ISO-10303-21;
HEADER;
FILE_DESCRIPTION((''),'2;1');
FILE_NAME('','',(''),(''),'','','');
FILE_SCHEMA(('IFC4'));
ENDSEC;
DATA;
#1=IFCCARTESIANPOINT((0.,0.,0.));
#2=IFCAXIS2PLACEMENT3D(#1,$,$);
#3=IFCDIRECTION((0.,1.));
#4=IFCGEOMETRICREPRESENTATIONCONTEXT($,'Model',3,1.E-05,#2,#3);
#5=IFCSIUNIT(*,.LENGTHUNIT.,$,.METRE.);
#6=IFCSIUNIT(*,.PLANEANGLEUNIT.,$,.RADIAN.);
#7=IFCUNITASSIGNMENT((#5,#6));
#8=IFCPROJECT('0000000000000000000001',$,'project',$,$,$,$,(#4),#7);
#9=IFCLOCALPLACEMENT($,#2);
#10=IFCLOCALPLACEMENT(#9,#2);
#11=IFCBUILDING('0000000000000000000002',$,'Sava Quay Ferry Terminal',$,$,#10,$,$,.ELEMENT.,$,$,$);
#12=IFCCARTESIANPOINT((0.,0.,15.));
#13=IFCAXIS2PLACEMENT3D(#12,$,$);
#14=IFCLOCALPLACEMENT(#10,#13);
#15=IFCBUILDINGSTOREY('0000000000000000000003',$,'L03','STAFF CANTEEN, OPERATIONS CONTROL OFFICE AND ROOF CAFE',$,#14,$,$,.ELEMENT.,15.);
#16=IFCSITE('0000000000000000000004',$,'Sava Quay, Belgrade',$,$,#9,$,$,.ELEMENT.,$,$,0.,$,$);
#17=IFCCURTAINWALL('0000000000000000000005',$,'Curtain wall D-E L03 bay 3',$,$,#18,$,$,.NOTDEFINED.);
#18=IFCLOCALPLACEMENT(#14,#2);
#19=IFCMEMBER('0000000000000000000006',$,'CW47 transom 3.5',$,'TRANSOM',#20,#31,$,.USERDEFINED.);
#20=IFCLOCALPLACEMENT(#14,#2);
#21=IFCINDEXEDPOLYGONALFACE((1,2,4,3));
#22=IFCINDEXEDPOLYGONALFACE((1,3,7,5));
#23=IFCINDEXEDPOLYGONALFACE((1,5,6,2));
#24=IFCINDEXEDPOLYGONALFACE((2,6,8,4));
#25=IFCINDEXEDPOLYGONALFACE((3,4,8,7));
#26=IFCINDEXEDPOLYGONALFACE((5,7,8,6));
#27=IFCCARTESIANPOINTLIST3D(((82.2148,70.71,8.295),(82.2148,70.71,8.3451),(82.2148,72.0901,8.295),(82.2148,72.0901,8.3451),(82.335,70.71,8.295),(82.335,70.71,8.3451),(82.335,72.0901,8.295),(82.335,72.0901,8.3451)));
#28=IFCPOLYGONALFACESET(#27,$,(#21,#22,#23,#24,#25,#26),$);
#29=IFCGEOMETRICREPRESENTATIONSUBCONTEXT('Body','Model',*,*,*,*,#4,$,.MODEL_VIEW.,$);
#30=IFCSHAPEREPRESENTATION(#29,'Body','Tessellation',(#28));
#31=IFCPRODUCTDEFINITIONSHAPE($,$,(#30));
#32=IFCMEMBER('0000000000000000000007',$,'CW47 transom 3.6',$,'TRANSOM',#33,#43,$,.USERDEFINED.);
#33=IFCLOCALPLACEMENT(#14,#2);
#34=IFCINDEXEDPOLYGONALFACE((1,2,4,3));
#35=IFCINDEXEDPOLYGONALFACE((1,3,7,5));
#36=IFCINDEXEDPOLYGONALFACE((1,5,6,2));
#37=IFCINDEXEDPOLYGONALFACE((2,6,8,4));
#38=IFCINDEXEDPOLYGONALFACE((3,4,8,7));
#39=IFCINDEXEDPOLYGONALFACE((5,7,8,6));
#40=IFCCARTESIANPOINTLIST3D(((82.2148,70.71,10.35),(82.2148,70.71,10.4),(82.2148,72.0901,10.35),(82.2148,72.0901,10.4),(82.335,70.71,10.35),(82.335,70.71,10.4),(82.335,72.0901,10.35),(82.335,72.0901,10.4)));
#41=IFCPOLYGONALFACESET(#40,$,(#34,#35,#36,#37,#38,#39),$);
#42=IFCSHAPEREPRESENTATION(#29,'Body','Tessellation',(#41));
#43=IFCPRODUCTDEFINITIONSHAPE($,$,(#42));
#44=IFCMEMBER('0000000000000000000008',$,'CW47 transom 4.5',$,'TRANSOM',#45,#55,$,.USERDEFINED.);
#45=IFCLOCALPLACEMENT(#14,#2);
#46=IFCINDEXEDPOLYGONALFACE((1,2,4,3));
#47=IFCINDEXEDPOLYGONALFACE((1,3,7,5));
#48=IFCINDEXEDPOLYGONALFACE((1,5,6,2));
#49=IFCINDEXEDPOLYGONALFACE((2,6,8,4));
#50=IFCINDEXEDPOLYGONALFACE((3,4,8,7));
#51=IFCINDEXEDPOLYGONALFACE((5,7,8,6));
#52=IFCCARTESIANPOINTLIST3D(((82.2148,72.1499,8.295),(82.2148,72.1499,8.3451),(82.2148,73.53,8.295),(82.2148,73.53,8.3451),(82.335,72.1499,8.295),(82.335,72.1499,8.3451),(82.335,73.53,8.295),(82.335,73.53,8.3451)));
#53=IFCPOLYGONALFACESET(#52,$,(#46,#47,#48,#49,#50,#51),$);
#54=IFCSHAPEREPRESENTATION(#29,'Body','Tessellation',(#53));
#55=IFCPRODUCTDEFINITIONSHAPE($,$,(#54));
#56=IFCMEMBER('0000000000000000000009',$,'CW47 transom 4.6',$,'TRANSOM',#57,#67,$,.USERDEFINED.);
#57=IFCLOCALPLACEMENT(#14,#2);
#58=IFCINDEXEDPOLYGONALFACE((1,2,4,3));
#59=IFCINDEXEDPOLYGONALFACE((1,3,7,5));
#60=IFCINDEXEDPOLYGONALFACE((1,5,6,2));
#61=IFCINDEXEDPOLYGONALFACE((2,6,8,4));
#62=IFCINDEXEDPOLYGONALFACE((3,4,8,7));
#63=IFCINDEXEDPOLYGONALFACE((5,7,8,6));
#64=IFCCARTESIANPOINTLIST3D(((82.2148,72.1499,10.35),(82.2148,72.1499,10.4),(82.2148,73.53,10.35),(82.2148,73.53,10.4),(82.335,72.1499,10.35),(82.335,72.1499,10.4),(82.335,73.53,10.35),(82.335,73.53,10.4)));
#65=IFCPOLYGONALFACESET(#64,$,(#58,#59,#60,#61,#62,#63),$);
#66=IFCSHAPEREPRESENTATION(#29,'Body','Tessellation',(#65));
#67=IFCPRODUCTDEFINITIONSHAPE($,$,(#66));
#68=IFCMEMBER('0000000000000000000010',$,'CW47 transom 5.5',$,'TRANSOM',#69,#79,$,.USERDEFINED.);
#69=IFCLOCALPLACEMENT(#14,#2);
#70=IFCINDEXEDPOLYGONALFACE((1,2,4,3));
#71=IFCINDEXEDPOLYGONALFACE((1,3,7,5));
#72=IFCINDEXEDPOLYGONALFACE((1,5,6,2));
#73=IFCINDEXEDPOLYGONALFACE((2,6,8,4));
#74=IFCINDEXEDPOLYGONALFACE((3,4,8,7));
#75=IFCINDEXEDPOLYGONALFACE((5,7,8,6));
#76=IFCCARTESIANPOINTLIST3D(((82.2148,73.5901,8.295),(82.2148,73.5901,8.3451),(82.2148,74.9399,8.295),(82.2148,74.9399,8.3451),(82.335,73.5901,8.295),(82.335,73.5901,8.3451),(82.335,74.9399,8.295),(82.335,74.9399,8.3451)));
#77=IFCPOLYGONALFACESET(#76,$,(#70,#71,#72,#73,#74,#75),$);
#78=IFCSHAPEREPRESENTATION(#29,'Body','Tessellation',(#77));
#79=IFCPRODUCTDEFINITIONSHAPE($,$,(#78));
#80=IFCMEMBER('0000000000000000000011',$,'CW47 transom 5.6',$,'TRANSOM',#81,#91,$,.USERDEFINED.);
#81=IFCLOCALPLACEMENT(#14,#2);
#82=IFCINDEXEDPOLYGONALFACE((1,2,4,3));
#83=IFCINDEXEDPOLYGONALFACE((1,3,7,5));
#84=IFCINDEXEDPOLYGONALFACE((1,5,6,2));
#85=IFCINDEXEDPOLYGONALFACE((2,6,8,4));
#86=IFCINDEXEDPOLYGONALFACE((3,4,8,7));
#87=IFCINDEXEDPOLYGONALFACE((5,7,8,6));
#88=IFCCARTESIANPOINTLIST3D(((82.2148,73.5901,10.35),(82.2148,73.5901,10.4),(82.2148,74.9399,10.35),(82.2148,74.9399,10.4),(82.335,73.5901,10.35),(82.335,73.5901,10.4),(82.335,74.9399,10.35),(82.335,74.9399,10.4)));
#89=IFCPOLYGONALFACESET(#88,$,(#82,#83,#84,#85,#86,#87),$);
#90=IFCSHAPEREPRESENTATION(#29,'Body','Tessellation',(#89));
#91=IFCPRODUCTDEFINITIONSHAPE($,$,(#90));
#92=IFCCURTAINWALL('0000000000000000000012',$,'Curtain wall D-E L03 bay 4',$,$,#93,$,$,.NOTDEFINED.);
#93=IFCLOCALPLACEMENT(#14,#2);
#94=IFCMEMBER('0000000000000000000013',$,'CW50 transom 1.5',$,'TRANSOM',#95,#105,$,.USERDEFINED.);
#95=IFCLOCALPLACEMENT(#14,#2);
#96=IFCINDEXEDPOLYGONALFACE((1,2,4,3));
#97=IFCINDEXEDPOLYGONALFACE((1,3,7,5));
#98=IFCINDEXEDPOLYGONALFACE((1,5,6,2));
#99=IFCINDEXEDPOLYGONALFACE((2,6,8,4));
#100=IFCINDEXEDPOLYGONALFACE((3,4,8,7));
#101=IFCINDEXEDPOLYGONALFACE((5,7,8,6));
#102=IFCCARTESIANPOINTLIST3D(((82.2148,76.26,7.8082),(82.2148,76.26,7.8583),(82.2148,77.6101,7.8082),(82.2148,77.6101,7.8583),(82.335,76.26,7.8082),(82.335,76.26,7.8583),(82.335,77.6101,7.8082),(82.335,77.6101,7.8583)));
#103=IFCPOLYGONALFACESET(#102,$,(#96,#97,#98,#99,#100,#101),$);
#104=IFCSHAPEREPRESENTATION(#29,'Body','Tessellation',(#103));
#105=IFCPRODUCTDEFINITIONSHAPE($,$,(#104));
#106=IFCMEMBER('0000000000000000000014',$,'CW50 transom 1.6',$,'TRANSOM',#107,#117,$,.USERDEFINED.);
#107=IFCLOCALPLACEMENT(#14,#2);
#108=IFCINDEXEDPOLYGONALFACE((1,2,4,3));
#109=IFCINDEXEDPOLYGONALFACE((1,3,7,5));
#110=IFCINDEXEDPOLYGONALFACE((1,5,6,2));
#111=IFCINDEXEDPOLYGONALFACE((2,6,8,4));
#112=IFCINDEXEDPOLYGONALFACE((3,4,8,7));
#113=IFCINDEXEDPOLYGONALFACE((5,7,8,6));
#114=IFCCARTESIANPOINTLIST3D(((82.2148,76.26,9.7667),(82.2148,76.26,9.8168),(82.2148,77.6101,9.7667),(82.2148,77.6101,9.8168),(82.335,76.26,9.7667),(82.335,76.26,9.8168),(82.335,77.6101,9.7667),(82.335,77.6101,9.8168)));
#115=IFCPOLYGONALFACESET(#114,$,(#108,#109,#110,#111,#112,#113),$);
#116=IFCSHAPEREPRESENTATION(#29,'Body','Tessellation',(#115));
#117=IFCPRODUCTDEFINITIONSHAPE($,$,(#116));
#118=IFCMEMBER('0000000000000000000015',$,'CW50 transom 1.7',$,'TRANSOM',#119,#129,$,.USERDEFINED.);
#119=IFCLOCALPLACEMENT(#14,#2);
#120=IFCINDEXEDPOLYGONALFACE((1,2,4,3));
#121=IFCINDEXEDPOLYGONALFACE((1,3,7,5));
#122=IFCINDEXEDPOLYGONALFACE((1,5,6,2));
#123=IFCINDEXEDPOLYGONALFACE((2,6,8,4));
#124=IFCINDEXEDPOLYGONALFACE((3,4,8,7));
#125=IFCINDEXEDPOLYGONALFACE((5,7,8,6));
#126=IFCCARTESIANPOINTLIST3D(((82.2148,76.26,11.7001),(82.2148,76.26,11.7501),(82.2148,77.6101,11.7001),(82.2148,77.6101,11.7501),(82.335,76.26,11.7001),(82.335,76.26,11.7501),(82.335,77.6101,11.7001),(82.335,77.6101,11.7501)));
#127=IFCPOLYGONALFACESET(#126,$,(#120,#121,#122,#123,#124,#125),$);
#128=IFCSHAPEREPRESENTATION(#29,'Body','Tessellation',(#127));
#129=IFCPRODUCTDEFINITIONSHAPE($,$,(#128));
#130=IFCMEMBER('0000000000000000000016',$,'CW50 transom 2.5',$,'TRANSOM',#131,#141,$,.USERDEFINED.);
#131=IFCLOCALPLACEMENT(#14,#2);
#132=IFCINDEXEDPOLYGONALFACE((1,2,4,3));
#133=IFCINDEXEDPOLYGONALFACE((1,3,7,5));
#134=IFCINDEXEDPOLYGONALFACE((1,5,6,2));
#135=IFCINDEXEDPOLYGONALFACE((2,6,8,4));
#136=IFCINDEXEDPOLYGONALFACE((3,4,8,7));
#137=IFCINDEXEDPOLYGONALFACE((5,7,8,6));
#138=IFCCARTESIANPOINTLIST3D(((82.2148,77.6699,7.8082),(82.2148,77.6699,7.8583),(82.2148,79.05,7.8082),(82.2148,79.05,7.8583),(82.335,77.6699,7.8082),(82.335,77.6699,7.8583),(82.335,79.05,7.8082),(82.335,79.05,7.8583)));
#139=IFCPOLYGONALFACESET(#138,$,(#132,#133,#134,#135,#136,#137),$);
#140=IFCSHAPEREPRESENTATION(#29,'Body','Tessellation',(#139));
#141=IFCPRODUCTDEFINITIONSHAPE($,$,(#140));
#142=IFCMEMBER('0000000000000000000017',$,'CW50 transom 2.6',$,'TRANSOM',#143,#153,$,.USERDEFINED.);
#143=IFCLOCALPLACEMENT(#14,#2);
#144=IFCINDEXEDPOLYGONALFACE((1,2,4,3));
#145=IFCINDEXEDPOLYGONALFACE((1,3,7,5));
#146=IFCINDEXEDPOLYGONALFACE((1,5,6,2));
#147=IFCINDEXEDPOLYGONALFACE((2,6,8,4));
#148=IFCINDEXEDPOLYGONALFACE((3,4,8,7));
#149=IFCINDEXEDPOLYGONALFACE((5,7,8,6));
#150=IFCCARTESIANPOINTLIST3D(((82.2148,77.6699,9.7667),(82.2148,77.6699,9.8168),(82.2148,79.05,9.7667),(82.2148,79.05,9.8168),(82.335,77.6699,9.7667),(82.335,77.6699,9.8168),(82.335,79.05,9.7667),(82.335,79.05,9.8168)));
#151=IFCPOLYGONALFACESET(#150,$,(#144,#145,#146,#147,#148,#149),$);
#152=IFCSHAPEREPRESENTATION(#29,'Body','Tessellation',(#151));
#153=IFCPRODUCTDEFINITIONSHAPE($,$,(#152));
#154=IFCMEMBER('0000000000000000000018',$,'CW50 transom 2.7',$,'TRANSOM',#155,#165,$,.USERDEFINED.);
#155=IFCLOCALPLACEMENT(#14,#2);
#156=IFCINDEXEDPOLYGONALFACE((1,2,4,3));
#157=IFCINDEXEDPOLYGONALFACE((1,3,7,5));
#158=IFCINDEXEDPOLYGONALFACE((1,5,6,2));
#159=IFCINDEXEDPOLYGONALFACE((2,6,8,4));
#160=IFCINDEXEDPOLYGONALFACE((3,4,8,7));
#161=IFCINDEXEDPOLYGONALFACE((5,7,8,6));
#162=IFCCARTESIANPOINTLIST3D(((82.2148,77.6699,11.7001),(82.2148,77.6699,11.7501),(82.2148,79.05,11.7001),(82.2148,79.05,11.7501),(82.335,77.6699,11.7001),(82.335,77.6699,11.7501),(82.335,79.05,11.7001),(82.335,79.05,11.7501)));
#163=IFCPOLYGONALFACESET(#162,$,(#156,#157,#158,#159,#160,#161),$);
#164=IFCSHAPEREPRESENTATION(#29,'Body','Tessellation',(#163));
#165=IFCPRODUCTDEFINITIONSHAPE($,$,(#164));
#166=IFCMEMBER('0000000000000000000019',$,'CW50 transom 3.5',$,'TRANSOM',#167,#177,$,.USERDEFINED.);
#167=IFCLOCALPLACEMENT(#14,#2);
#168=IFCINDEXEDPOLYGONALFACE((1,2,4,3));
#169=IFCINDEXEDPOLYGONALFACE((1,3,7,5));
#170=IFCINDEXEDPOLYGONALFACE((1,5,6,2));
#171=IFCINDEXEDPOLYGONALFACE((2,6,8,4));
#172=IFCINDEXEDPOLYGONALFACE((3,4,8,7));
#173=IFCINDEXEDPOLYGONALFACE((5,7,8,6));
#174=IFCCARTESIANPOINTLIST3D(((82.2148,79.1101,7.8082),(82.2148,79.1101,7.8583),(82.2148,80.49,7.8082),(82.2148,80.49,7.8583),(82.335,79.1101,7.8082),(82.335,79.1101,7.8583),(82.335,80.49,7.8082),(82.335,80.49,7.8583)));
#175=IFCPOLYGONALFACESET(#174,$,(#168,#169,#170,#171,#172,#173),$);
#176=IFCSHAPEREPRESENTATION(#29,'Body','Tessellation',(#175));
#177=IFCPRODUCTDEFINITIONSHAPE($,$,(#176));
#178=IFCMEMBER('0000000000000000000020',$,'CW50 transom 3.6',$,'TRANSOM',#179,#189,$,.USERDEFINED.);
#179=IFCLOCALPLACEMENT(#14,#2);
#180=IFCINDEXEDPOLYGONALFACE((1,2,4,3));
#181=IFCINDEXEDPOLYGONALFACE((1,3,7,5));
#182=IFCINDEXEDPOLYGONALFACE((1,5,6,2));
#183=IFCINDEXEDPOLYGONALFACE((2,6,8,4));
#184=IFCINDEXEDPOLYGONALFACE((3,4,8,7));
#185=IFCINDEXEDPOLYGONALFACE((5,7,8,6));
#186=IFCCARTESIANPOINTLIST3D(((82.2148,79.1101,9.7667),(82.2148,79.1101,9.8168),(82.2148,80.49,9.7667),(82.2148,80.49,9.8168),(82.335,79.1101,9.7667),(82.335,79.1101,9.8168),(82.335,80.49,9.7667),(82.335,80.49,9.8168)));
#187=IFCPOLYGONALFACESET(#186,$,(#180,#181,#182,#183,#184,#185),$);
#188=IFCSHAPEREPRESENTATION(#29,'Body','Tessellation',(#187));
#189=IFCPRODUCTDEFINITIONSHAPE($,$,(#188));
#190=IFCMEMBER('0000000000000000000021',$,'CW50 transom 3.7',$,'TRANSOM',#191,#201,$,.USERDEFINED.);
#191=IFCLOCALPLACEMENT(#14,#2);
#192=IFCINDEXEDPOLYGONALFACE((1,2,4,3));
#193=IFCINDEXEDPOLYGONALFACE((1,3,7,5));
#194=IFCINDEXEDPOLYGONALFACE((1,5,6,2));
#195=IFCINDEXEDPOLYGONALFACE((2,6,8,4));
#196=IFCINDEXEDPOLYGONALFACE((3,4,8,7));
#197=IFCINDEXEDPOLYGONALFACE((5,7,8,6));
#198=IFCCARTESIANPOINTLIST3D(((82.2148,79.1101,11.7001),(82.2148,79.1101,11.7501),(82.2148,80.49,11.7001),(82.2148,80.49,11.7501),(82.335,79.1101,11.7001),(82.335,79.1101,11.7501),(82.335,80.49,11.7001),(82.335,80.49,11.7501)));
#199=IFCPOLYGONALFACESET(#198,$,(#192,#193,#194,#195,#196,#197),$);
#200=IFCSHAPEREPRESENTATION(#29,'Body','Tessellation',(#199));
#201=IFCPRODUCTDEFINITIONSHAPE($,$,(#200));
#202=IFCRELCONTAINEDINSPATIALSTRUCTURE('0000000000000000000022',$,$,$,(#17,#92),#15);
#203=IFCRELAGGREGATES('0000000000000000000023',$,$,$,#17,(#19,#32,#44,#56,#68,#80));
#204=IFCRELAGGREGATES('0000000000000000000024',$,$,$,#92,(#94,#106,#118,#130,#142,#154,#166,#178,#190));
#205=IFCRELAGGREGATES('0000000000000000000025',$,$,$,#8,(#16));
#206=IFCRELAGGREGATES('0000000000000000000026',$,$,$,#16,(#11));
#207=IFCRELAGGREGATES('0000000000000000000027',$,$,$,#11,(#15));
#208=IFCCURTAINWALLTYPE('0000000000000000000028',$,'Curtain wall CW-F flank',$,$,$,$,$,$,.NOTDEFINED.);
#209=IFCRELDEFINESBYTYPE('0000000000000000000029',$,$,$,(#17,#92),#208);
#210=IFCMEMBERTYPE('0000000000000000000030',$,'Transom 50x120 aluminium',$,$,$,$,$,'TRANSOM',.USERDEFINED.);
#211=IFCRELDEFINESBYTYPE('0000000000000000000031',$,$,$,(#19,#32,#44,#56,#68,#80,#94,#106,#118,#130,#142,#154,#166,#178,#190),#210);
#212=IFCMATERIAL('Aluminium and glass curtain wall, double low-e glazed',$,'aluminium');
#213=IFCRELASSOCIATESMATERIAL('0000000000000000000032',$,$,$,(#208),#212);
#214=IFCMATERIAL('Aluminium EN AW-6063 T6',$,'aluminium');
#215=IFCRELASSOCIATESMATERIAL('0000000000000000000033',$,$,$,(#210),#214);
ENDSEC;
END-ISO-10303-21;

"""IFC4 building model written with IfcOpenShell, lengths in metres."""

from ifc_helpers import new_model, si_unit, direction, frame, origin, origin_2d, place, context, subcontext, project, spatial, rectangle, extrude, material, material_profile, profile_set, type_object, element, aggregate, save


model = new_model("IFC4")

# Units and contexts
model_context = context("Model", 3, precision=1e-05, world=origin(), true_north=direction((0.0, 1.0)))
body_context = subcontext(model_context, "Body", "Model", "MODEL_VIEW")
ifc_project = project(units=[si_unit("LENGTHUNIT", "METRE"), si_unit("PLANEANGLEUNIT", "RADIAN")], contexts=[model_context])

# Site, building, storey
site_placement = place(None, origin())
site = spatial("IfcSite", under=ifc_project, at=site_placement, Name="Sava Quay, Belgrade", CompositionType="ELEMENT", RefElevation=0.0)
building_placement = place(site_placement, origin())
building = spatial("IfcBuilding", under=site, at=building_placement, Name="Sava Quay Ferry Terminal", CompositionType="ELEMENT")
storey_placement = place(building_placement, frame((0.0, 0.0, 15.0)))
storey = spatial("IfcBuildingStorey", under=building, at=storey_placement, Name="L03", Description="STAFF CANTEEN, OPERATIONS CONTROL OFFICE AND ROOF CAFE", CompositionType="ELEMENT", Elevation=15.0)

# Curtain walls, members
ifc_material_1 = material(Name="Aluminium and glass curtain wall, double low-e glazed", Category="aluminium")
curtain_wall_type = type_object("IfcCurtainWallType", Name="Curtain wall CW-F flank", PredefinedType="NOTDEFINED", material=ifc_material_1)
curtain_wall_1_placement = place(storey_placement, origin())
curtain_wall_1 = element("IfcCurtainWall", 1, at=curtain_wall_1_placement, inside=storey, type_object=curtain_wall_type, Name="Curtain wall D-E L03 bay 3", PredefinedType="NOTDEFINED")
ifc_material_2 = material(Name="Aluminium EN AW-6063 T6", Category="aluminium")
ifc_material_profile = material_profile(ifc_material_2, rectangle(XDim=0.1201, YDim=0.05, at=origin_2d()), Name="Transom 50x120 aluminium")
ifc_profile_set = profile_set([ifc_material_profile], Name="Aluminium EN AW-6063 T6")
member_type = type_object("IfcMemberType", Name="Transom 50x120 aluminium", ElementType="TRANSOM", PredefinedType="USERDEFINED", material=ifc_profile_set)
member_1_placement = place(storey_placement, frame((82.2749, 70.71, 8.3201), z_axis=(0.0, 1.0, 0.0), x_axis=(-1.0, 0.0, 0.0)))
member_1 = element("IfcMember", 2, at=member_1_placement, type_object=member_type, Name="CW47 transom 3.5", ObjectType="TRANSOM", PredefinedType="USERDEFINED", context=body_context, shape_type="SweptSolid", body=[
    extrude(rectangle(XDim=0.1201, YDim=0.05, at=origin_2d()), origin(), (0.0, 0.0, 1.0), 1.3801),
])
member_2_placement = place(storey_placement, frame((82.2749, 70.71, 10.375), z_axis=(0.0, 1.0, 0.0), x_axis=(-1.0, 0.0, 0.0)))
member_2 = element("IfcMember", 3, at=member_2_placement, type_object=member_type, Name="CW47 transom 3.6", ObjectType="TRANSOM", PredefinedType="USERDEFINED", context=body_context, shape_type="SweptSolid", body=[
    extrude(rectangle(XDim=0.1201, YDim=0.05, at=origin_2d()), origin(), (0.0, 0.0, 1.0), 1.3801),
])
member_3_placement = place(storey_placement, frame((82.2749, 72.1499, 8.3201), z_axis=(0.0, 1.0, 0.0), x_axis=(-1.0, 0.0, 0.0)))
member_3 = element("IfcMember", 4, at=member_3_placement, type_object=member_type, Name="CW47 transom 4.5", ObjectType="TRANSOM", PredefinedType="USERDEFINED", context=body_context, shape_type="SweptSolid", body=[
    extrude(rectangle(XDim=0.1201, YDim=0.05, at=origin_2d()), origin(), (0.0, 0.0, 1.0), 1.3801),
])
member_4_placement = place(storey_placement, frame((82.2749, 72.1499, 10.375), z_axis=(0.0, 1.0, 0.0), x_axis=(-1.0, 0.0, 0.0)))
member_4 = element("IfcMember", 5, at=member_4_placement, type_object=member_type, Name="CW47 transom 4.6", ObjectType="TRANSOM", PredefinedType="USERDEFINED", context=body_context, shape_type="SweptSolid", body=[
    extrude(rectangle(XDim=0.1201, YDim=0.05, at=origin_2d()), origin(), (0.0, 0.0, 1.0), 1.3801),
])
member_5_placement = place(storey_placement, frame((82.2749, 73.5901, 8.3201), z_axis=(0.0, 1.0, 0.0), x_axis=(-1.0, 0.0, 0.0)))
member_5 = element("IfcMember", 6, at=member_5_placement, type_object=member_type, Name="CW47 transom 5.5", ObjectType="TRANSOM", PredefinedType="USERDEFINED", context=body_context, shape_type="SweptSolid", body=[
    extrude(rectangle(XDim=0.1201, YDim=0.05, at=origin_2d()), origin(), (0.0, 0.0, 1.0), 1.3499),
])
member_6_placement = place(storey_placement, frame((82.2749, 73.5901, 10.375), z_axis=(0.0, 1.0, 0.0), x_axis=(-1.0, 0.0, 0.0)))
member_6 = element("IfcMember", 7, at=member_6_placement, type_object=member_type, Name="CW47 transom 5.6", ObjectType="TRANSOM", PredefinedType="USERDEFINED", context=body_context, shape_type="SweptSolid", body=[
    extrude(rectangle(XDim=0.1201, YDim=0.05, at=origin_2d()), origin(), (0.0, 0.0, 1.0), 1.3499),
])
curtain_wall_2_placement = place(storey_placement, origin())
curtain_wall_2 = element("IfcCurtainWall", 8, at=curtain_wall_2_placement, inside=storey, type_object=curtain_wall_type, Name="Curtain wall D-E L03 bay 4", PredefinedType="NOTDEFINED")
member_7_placement = place(storey_placement, frame((82.2749, 76.26, 7.8333), z_axis=(0.0, 1.0, 0.0), x_axis=(-1.0, 0.0, 0.0)))
member_7 = element("IfcMember", 9, at=member_7_placement, type_object=member_type, Name="CW50 transom 1.5", ObjectType="TRANSOM", PredefinedType="USERDEFINED", context=body_context, shape_type="SweptSolid", body=[
    extrude(rectangle(XDim=0.1201, YDim=0.05, at=origin_2d()), origin(), (0.0, 0.0, 1.0), 1.3501),
])
member_8_placement = place(storey_placement, frame((82.2749, 76.26, 9.7917), z_axis=(0.0, 1.0, 0.0), x_axis=(-1.0, 0.0, 0.0)))
member_8 = element("IfcMember", 10, at=member_8_placement, type_object=member_type, Name="CW50 transom 1.6", ObjectType="TRANSOM", PredefinedType="USERDEFINED", context=body_context, shape_type="SweptSolid", body=[
    extrude(rectangle(XDim=0.1201, YDim=0.05, at=origin_2d()), origin(), (0.0, 0.0, 1.0), 1.3501),
])
member_9_placement = place(storey_placement, frame((82.2749, 76.26, 11.7251), z_axis=(0.0, 1.0, 0.0), x_axis=(-1.0, 0.0, 0.0)))
member_9 = element("IfcMember", 11, at=member_9_placement, type_object=member_type, Name="CW50 transom 1.7", ObjectType="TRANSOM", PredefinedType="USERDEFINED", context=body_context, shape_type="SweptSolid", body=[
    extrude(rectangle(XDim=0.1201, YDim=0.05, at=origin_2d()), origin(), (0.0, 0.0, 1.0), 1.3501),
])
member_10_placement = place(storey_placement, frame((82.2749, 77.6699, 7.8333), z_axis=(0.0, 1.0, 0.0), x_axis=(-1.0, 0.0, 0.0)))
member_10 = element("IfcMember", 12, at=member_10_placement, type_object=member_type, Name="CW50 transom 2.5", ObjectType="TRANSOM", PredefinedType="USERDEFINED", context=body_context, shape_type="SweptSolid", body=[
    extrude(rectangle(XDim=0.1201, YDim=0.05, at=origin_2d()), origin(), (0.0, 0.0, 1.0), 1.3801),
])
member_11_placement = place(storey_placement, frame((82.2749, 77.6699, 9.7917), z_axis=(0.0, 1.0, 0.0), x_axis=(-1.0, 0.0, 0.0)))
member_11 = element("IfcMember", 13, at=member_11_placement, type_object=member_type, Name="CW50 transom 2.6", ObjectType="TRANSOM", PredefinedType="USERDEFINED", context=body_context, shape_type="SweptSolid", body=[
    extrude(rectangle(XDim=0.1201, YDim=0.05, at=origin_2d()), origin(), (0.0, 0.0, 1.0), 1.3801),
])
member_12_placement = place(storey_placement, frame((82.2749, 77.6699, 11.7251), z_axis=(0.0, 1.0, 0.0), x_axis=(-1.0, 0.0, 0.0)))
member_12 = element("IfcMember", 14, at=member_12_placement, type_object=member_type, Name="CW50 transom 2.7", ObjectType="TRANSOM", PredefinedType="USERDEFINED", context=body_context, shape_type="SweptSolid", body=[
    extrude(rectangle(XDim=0.1201, YDim=0.05, at=origin_2d()), origin(), (0.0, 0.0, 1.0), 1.3801),
])
member_13_placement = place(storey_placement, frame((82.2749, 79.1101, 7.8333), z_axis=(0.0, 1.0, 0.0), x_axis=(-1.0, 0.0, 0.0)))
member_13 = element("IfcMember", 15, at=member_13_placement, type_object=member_type, Name="CW50 transom 3.5", ObjectType="TRANSOM", PredefinedType="USERDEFINED", context=body_context, shape_type="SweptSolid", body=[
    extrude(rectangle(XDim=0.1201, YDim=0.05, at=origin_2d()), origin(), (0.0, 0.0, 1.0), 1.3799),
])
member_14_placement = place(storey_placement, frame((82.2749, 79.1101, 9.7917), z_axis=(0.0, 1.0, 0.0), x_axis=(-1.0, 0.0, 0.0)))
member_14 = element("IfcMember", 16, at=member_14_placement, type_object=member_type, Name="CW50 transom 3.6", ObjectType="TRANSOM", PredefinedType="USERDEFINED", context=body_context, shape_type="SweptSolid", body=[
    extrude(rectangle(XDim=0.1201, YDim=0.05, at=origin_2d()), origin(), (0.0, 0.0, 1.0), 1.3799),
])
member_15_placement = place(storey_placement, frame((82.2749, 79.1101, 11.7251), z_axis=(0.0, 1.0, 0.0), x_axis=(-1.0, 0.0, 0.0)))
member_15 = element("IfcMember", 17, at=member_15_placement, type_object=member_type, Name="CW50 transom 3.7", ObjectType="TRANSOM", PredefinedType="USERDEFINED", context=body_context, shape_type="SweptSolid", body=[
    extrude(rectangle(XDim=0.1201, YDim=0.05, at=origin_2d()), origin(), (0.0, 0.0, 1.0), 1.3799),
])

aggregate(curtain_wall_1, [member_1, member_2, member_3, member_4, member_5, member_6])
aggregate(curtain_wall_2, [member_7, member_8, member_9, member_10, member_11, member_12, member_13, member_14, member_15])

save(model, "model.ifc")
